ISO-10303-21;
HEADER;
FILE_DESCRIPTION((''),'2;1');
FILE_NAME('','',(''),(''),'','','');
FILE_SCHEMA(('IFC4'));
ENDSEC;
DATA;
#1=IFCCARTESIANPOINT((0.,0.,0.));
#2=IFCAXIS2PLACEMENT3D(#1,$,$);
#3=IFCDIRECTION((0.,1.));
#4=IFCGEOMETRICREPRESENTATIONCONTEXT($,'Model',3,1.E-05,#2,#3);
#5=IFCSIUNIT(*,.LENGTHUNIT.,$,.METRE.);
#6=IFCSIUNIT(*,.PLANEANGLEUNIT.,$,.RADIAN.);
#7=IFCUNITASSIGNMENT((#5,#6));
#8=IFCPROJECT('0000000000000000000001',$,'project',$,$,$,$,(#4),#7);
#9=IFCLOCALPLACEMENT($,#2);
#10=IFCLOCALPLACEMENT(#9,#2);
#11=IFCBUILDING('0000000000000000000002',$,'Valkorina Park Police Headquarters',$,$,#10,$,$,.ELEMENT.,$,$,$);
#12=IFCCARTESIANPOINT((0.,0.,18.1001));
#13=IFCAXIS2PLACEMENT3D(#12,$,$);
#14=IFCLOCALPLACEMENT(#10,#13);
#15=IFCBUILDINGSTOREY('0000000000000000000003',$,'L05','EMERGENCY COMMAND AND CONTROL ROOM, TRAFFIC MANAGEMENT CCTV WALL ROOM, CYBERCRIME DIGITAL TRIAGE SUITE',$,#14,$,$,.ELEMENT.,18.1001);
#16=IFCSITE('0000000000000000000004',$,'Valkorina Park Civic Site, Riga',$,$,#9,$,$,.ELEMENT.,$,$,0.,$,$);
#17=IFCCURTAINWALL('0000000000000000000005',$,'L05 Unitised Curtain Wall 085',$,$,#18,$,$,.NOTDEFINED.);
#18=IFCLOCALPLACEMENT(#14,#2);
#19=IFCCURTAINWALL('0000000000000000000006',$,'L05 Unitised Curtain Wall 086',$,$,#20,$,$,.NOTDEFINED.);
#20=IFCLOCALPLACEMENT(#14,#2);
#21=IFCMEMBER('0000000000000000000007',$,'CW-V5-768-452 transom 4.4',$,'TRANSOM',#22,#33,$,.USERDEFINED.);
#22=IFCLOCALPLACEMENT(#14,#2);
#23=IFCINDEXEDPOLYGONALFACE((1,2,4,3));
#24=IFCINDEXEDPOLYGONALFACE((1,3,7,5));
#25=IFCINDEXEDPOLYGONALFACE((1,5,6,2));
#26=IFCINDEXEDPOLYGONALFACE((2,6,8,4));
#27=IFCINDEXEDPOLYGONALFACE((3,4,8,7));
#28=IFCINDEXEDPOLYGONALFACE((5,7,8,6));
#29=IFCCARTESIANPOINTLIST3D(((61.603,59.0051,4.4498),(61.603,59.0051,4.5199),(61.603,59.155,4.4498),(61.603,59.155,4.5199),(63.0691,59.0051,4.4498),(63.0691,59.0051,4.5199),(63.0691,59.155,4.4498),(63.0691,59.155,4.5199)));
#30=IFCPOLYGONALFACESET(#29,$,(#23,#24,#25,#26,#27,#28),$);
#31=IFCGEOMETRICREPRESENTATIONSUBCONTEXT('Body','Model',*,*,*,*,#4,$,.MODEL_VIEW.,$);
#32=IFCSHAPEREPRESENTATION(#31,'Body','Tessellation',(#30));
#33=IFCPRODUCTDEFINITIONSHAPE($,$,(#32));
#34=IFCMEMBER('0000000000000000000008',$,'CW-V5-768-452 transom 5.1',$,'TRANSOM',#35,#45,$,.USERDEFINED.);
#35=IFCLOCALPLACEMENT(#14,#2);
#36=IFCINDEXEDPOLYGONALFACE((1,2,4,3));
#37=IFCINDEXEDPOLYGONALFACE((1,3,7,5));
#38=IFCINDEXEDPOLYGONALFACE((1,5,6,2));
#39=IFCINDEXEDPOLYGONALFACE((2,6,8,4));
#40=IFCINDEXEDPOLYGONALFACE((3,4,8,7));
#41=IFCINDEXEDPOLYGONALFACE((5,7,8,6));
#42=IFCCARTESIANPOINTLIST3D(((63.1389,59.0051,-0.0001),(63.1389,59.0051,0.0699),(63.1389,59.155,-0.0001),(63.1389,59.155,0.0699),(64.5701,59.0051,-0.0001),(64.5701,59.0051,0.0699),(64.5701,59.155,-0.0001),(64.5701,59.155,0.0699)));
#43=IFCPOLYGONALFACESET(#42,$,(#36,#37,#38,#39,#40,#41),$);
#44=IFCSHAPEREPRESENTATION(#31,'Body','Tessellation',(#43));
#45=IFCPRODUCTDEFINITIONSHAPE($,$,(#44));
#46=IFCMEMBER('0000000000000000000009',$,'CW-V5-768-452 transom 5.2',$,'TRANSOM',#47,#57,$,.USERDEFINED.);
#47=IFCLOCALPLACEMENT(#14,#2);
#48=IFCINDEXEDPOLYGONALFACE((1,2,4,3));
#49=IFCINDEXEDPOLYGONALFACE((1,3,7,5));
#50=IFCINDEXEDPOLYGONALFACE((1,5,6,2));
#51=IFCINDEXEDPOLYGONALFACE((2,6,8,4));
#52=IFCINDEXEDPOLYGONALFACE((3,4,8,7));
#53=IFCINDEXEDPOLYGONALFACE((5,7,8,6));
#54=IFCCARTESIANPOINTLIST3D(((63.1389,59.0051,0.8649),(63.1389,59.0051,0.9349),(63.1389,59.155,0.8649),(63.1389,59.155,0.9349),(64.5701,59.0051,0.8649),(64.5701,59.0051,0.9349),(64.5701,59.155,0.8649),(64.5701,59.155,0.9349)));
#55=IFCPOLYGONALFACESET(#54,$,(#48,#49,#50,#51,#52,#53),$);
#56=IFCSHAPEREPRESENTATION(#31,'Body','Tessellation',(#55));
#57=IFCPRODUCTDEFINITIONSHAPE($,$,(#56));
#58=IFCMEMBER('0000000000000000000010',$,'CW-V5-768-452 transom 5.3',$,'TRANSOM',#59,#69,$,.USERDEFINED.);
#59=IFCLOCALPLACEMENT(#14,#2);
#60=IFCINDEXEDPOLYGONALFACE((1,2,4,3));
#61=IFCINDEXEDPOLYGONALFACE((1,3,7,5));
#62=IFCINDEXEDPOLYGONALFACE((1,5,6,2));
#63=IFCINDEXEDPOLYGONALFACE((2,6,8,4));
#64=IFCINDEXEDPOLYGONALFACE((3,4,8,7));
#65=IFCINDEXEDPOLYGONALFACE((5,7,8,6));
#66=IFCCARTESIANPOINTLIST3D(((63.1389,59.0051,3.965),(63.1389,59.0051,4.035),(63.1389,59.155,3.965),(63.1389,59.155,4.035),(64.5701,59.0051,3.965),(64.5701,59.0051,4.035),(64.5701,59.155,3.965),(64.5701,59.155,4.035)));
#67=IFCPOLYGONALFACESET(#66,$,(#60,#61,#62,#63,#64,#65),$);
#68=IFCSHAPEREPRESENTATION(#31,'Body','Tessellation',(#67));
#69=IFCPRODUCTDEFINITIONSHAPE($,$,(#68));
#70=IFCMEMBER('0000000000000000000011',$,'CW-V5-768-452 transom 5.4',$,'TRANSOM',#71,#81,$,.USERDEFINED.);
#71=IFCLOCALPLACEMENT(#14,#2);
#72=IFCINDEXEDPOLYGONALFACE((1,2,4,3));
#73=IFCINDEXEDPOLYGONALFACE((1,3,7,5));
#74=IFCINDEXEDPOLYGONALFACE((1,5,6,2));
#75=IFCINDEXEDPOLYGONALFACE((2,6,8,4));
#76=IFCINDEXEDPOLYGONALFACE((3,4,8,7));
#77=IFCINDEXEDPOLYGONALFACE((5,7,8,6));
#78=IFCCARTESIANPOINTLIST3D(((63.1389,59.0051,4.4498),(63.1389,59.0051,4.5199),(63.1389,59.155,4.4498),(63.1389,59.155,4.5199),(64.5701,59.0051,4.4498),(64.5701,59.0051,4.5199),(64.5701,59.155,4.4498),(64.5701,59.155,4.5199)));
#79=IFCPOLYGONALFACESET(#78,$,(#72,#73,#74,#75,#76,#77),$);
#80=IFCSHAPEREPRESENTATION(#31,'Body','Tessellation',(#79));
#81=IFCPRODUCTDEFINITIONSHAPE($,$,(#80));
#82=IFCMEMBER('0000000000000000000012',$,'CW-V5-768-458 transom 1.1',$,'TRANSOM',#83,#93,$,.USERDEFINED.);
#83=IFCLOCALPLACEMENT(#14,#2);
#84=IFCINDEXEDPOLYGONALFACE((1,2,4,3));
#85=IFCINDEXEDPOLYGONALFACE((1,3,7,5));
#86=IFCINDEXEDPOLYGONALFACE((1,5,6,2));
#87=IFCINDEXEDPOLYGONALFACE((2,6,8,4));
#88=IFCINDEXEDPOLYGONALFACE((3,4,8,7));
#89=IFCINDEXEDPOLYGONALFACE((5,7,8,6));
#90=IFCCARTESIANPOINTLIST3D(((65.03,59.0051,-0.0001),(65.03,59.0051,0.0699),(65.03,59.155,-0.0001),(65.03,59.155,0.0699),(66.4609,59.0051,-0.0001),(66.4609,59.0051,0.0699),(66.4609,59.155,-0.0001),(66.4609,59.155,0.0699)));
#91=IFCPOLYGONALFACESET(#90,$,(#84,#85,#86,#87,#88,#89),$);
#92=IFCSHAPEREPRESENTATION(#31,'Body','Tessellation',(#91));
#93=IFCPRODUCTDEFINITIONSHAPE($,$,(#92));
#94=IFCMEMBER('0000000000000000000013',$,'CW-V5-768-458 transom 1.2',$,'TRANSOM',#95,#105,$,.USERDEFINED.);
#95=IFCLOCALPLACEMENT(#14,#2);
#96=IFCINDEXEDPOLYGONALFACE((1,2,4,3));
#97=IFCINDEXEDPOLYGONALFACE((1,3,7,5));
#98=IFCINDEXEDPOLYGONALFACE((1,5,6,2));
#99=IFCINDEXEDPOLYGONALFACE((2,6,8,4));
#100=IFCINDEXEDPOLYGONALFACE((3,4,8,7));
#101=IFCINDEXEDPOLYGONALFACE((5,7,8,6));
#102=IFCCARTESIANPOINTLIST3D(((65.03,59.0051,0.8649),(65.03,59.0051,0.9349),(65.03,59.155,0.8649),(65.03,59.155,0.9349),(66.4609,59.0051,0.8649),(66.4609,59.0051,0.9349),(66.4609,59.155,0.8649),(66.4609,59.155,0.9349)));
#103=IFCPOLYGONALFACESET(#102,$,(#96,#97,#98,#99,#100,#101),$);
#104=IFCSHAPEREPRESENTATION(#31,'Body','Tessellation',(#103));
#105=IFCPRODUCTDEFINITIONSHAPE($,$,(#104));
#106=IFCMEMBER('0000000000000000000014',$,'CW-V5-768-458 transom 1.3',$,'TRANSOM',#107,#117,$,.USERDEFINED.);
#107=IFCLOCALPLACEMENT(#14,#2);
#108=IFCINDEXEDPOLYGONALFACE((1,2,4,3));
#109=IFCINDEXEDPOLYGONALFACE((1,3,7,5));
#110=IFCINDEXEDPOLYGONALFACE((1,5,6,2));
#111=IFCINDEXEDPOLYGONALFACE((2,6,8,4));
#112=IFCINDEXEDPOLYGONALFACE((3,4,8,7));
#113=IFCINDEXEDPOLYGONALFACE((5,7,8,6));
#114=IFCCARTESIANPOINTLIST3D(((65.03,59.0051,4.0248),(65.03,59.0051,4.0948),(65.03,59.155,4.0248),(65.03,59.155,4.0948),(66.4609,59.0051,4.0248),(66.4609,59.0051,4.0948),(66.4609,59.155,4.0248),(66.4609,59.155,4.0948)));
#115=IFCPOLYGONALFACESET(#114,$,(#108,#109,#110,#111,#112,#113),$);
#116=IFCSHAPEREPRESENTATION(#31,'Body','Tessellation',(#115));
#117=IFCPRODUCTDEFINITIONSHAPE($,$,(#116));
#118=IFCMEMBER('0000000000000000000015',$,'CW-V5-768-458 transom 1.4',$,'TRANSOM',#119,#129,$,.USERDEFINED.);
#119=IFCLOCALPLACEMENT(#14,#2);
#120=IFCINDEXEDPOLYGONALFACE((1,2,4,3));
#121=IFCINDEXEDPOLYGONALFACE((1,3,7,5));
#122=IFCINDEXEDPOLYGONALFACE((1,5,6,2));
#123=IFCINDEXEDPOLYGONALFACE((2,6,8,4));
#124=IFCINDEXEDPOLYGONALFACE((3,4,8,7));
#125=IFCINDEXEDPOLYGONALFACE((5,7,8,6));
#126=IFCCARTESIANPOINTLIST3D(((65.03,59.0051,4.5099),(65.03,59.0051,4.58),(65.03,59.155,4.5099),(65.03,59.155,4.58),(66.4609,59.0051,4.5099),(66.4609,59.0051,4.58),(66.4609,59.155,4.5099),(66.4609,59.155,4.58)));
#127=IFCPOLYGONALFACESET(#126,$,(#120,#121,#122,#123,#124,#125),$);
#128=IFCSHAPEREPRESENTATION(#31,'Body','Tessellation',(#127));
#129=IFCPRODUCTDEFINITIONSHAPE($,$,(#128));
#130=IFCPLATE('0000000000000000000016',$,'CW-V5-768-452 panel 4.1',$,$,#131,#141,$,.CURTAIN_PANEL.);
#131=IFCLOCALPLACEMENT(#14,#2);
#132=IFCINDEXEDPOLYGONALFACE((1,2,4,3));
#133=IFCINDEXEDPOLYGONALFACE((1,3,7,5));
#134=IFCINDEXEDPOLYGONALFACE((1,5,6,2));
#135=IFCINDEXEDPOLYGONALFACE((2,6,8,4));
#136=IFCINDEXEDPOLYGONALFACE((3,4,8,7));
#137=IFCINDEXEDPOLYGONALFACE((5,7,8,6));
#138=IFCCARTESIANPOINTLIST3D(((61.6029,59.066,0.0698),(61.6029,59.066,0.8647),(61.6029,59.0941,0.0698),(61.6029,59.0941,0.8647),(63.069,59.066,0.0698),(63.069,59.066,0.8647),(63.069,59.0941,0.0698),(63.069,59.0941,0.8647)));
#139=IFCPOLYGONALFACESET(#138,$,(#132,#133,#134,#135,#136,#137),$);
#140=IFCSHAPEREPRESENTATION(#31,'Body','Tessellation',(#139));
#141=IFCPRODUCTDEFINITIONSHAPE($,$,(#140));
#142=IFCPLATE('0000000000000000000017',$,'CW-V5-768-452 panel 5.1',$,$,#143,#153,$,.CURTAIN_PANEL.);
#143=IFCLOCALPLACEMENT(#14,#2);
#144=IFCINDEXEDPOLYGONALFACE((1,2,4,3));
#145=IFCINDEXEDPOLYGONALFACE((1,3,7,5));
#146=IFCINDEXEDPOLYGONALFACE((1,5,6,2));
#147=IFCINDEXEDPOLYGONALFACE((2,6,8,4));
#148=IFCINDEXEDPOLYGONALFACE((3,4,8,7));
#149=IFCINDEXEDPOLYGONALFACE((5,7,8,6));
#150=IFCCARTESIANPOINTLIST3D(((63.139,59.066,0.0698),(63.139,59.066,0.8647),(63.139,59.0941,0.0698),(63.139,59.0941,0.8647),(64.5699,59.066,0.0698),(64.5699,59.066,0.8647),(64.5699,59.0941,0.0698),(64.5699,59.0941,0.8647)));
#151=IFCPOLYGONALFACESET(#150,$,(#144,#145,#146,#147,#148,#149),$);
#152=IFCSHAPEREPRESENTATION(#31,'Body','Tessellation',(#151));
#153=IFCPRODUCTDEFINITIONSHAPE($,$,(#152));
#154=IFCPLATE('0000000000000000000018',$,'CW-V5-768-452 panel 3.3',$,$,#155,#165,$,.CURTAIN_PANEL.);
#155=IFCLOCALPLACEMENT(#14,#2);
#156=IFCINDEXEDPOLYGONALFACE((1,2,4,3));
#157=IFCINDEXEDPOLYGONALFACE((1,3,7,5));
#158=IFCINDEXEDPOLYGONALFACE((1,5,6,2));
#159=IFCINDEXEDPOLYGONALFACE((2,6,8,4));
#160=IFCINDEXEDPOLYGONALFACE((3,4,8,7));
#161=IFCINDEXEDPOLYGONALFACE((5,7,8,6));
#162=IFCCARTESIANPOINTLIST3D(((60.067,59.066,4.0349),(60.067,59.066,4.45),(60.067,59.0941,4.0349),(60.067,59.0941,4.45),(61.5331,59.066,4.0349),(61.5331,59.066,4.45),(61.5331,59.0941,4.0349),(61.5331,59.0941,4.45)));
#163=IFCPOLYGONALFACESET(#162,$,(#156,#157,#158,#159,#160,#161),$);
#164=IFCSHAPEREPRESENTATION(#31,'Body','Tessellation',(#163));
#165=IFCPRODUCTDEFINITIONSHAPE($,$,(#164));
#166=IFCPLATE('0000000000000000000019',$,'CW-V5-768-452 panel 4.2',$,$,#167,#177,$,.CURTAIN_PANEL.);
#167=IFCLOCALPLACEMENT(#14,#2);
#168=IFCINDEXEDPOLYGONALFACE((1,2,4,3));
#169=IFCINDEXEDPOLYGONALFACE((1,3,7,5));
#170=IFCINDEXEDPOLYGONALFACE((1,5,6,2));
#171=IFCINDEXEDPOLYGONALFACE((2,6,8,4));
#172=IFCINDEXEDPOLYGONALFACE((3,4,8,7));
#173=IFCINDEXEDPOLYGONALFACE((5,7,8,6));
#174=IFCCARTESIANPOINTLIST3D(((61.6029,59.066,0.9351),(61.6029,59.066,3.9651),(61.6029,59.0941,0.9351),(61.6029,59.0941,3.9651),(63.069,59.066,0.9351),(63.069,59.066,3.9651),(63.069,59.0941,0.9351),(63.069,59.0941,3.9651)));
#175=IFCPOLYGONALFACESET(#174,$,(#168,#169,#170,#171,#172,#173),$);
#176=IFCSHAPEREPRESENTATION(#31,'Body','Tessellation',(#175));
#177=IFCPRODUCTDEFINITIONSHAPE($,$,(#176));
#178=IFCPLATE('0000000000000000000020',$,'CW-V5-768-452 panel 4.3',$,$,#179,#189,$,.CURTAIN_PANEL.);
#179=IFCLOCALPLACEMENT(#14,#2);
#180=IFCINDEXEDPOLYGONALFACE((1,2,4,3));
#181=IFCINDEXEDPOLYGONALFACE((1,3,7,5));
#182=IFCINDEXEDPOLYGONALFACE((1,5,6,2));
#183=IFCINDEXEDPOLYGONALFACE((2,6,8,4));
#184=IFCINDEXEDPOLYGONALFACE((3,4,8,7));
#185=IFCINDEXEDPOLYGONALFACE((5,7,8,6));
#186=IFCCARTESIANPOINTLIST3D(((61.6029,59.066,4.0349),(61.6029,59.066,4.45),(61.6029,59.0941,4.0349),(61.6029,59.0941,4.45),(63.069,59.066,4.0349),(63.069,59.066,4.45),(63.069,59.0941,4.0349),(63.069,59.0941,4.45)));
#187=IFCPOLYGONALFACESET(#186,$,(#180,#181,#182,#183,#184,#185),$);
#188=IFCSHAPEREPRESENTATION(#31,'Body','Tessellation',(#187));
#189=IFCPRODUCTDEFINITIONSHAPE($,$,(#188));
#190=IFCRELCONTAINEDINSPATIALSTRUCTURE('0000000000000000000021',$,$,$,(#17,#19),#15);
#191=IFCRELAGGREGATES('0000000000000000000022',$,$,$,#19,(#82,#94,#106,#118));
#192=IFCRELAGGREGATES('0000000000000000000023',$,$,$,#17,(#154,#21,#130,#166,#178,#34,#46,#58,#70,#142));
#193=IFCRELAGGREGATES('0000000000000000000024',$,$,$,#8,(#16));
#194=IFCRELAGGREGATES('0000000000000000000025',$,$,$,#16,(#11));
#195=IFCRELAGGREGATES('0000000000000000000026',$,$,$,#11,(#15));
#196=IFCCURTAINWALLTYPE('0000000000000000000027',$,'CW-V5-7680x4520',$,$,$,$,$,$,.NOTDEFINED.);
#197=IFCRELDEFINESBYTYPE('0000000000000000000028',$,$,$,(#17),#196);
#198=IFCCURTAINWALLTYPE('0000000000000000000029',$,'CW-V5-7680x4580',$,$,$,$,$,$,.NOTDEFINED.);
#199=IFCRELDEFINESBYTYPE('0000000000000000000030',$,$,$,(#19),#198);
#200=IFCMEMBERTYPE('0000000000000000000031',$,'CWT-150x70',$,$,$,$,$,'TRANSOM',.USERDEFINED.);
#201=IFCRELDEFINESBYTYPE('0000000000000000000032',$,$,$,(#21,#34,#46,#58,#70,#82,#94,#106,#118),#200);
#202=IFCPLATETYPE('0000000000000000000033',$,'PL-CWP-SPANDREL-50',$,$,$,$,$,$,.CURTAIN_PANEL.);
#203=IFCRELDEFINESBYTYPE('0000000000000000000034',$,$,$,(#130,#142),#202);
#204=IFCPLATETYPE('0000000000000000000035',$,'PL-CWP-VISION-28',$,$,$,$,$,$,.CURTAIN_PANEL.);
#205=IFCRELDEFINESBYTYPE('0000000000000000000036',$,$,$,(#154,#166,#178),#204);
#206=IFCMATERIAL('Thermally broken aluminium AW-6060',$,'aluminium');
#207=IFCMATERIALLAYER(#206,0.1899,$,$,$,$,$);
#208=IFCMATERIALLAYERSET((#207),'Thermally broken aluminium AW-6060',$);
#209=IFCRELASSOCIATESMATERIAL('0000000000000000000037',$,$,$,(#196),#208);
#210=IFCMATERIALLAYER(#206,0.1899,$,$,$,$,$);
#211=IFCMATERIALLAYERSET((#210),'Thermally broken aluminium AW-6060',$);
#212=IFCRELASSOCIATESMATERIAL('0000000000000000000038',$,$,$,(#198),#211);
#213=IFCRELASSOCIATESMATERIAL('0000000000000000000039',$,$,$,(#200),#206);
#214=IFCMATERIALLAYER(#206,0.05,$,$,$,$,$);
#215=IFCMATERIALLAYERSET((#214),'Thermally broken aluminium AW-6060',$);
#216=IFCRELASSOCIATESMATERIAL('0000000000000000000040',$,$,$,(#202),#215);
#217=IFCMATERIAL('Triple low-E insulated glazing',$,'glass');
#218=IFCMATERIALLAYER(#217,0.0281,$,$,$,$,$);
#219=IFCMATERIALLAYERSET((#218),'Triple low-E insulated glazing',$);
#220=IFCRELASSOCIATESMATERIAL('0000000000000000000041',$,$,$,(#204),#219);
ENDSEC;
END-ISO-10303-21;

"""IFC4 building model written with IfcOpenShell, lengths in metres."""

from ifc_helpers import new_model, si_unit, direction, frame, origin, origin_2d, place, context, subcontext, project, spatial, rectangle, extrude, material, layer, layer_set, material_profile, profile_set, type_object, element, aggregate, save


model = new_model("IFC4")

# Units and contexts
model_context = context("Model", 3, precision=1e-05, world=origin(), true_north=direction((0.0, 1.0)))
body_context = subcontext(model_context, "Body", "Model", "MODEL_VIEW")
ifc_project = project(units=[si_unit("LENGTHUNIT", "METRE"), si_unit("PLANEANGLEUNIT", "RADIAN")], contexts=[model_context])

# Site, building, storey
site_placement = place(None, origin())
site = spatial("IfcSite", under=ifc_project, at=site_placement, Name="Valkorina Park Civic Site, Riga", CompositionType="ELEMENT", RefElevation=0.0)
building_placement = place(site_placement, origin())
building = spatial("IfcBuilding", under=site, at=building_placement, Name="Valkorina Park Police Headquarters", CompositionType="ELEMENT")
storey_placement = place(building_placement, frame((0.0, 0.0, 18.1001)))
storey = spatial("IfcBuildingStorey", under=building, at=storey_placement, Name="L05", Description="EMERGENCY COMMAND AND CONTROL ROOM, TRAFFIC MANAGEMENT CCTV WALL ROOM, CYBERCRIME DIGITAL TRIAGE SUITE", CompositionType="ELEMENT", Elevation=18.1001)

# Curtain wall
ifc_material_1 = material(Name="Thermally broken aluminium AW-6060", Category="aluminium")
ifc_layer_1 = layer(ifc_material_1, 0.1899)
ifc_layer_set_1 = layer_set([ifc_layer_1], Name="Thermally broken aluminium AW-6060")
curtain_wall_type_1 = type_object("IfcCurtainWallType", Name="CW-V5-7680x4520", PredefinedType="NOTDEFINED", material=ifc_layer_set_1)
curtain_wall_1_placement = place(storey_placement, origin())
curtain_wall_1 = element("IfcCurtainWall", 1, at=curtain_wall_1_placement, inside=storey, type_object=curtain_wall_type_1, Name="L05 Unitised Curtain Wall 085", PredefinedType="NOTDEFINED")

# Curtain wall
ifc_layer_2 = layer(ifc_material_1, 0.1899)
ifc_layer_set_2 = layer_set([ifc_layer_2], Name="Thermally broken aluminium AW-6060")
curtain_wall_type_2 = type_object("IfcCurtainWallType", Name="CW-V5-7680x4580", PredefinedType="NOTDEFINED", material=ifc_layer_set_2)
curtain_wall_2_placement = place(storey_placement, origin())
curtain_wall_2 = element("IfcCurtainWall", 2, at=curtain_wall_2_placement, inside=storey, type_object=curtain_wall_type_2, Name="L05 Unitised Curtain Wall 086", PredefinedType="NOTDEFINED")

# Members
ifc_material_profile_1 = material_profile(ifc_material_1, rectangle(XDim=0.1499, YDim=0.0701, at=origin_2d()), Name="CWT-02 150x70")
ifc_profile_set_1 = profile_set([ifc_material_profile_1], Name="Thermally broken aluminium AW-6060")
member_type_1 = type_object("IfcMemberType", Name="CWT-150x70", ElementType="TRANSOM", PredefinedType="USERDEFINED", material=ifc_profile_set_1)
member_1_placement = place(storey_placement, frame((61.603, 59.0801, 4.4849), z_axis=(1.0, 0.0, 0.0), x_axis=(0.0, 1.0, 0.0)))
member_1 = element("IfcMember", 3, at=member_1_placement, type_object=member_type_1, Name="CW-V5-768-452 transom 4.4", ObjectType="TRANSOM", PredefinedType="USERDEFINED", context=body_context, shape_type="SweptSolid", body=[
    extrude(rectangle(XDim=0.1499, YDim=0.0701, at=origin_2d()), origin(), (0.0, 0.0, 1.0), 1.4661),
])
member_2_placement = place(storey_placement, frame((63.1389, 59.0801, 0.0349), z_axis=(1.0, 0.0, 0.0), x_axis=(0.0, 1.0, 0.0)))
member_2 = element("IfcMember", 4, at=member_2_placement, type_object=member_type_1, Name="CW-V5-768-452 transom 5.1", ObjectType="TRANSOM", PredefinedType="USERDEFINED", context=body_context, shape_type="SweptSolid", body=[
    extrude(rectangle(XDim=0.1499, YDim=0.0701, at=origin_2d()), origin(), (0.0, 0.0, 1.0), 1.4312),
])
member_3_placement = place(storey_placement, frame((63.1389, 59.0801, 0.8999), z_axis=(1.0, 0.0, 0.0), x_axis=(0.0, 1.0, 0.0)))
member_3 = element("IfcMember", 5, at=member_3_placement, type_object=member_type_1, Name="CW-V5-768-452 transom 5.2", ObjectType="TRANSOM", PredefinedType="USERDEFINED", context=body_context, shape_type="SweptSolid", body=[
    extrude(rectangle(XDim=0.1499, YDim=0.0701, at=origin_2d()), origin(), (0.0, 0.0, 1.0), 1.4312),
])
member_4_placement = place(storey_placement, frame((63.1389, 59.0801, 4.0), z_axis=(1.0, 0.0, 0.0), x_axis=(0.0, 1.0, 0.0)))
member_4 = element("IfcMember", 6, at=member_4_placement, type_object=member_type_1, Name="CW-V5-768-452 transom 5.3", ObjectType="TRANSOM", PredefinedType="USERDEFINED", context=body_context, shape_type="SweptSolid", body=[
    extrude(rectangle(XDim=0.1499, YDim=0.0701, at=origin_2d()), origin(), (0.0, 0.0, 1.0), 1.4312),
])
member_5_placement = place(storey_placement, frame((63.1389, 59.0801, 4.4849), z_axis=(1.0, 0.0, 0.0), x_axis=(0.0, 1.0, 0.0)))
member_5 = element("IfcMember", 7, at=member_5_placement, type_object=member_type_1, Name="CW-V5-768-452 transom 5.4", ObjectType="TRANSOM", PredefinedType="USERDEFINED", context=body_context, shape_type="SweptSolid", body=[
    extrude(rectangle(XDim=0.1499, YDim=0.0701, at=origin_2d()), origin(), (0.0, 0.0, 1.0), 1.4312),
])
member_6_placement = place(storey_placement, frame((65.03, 59.0801, 0.0349), z_axis=(1.0, 0.0, 0.0), x_axis=(0.0, 1.0, 0.0)))
member_6 = element("IfcMember", 8, at=member_6_placement, type_object=member_type_1, Name="CW-V5-768-458 transom 1.1", ObjectType="TRANSOM", PredefinedType="USERDEFINED", context=body_context, shape_type="SweptSolid", body=[
    extrude(rectangle(XDim=0.1499, YDim=0.0701, at=origin_2d()), origin(), (0.0, 0.0, 1.0), 1.4309),
])
member_7_placement = place(storey_placement, frame((65.03, 59.0801, 0.8999), z_axis=(1.0, 0.0, 0.0), x_axis=(0.0, 1.0, 0.0)))
member_7 = element("IfcMember", 9, at=member_7_placement, type_object=member_type_1, Name="CW-V5-768-458 transom 1.2", ObjectType="TRANSOM", PredefinedType="USERDEFINED", context=body_context, shape_type="SweptSolid", body=[
    extrude(rectangle(XDim=0.1499, YDim=0.0701, at=origin_2d()), origin(), (0.0, 0.0, 1.0), 1.4309),
])
member_8_placement = place(storey_placement, frame((65.03, 59.0801, 4.0598), z_axis=(1.0, 0.0, 0.0), x_axis=(0.0, 1.0, 0.0)))
member_8 = element("IfcMember", 10, at=member_8_placement, type_object=member_type_1, Name="CW-V5-768-458 transom 1.3", ObjectType="TRANSOM", PredefinedType="USERDEFINED", context=body_context, shape_type="SweptSolid", body=[
    extrude(rectangle(XDim=0.1499, YDim=0.0701, at=origin_2d()), origin(), (0.0, 0.0, 1.0), 1.4309),
])
member_9_placement = place(storey_placement, frame((65.03, 59.0801, 4.5449), z_axis=(1.0, 0.0, 0.0), x_axis=(0.0, 1.0, 0.0)))
member_9 = element("IfcMember", 11, at=member_9_placement, type_object=member_type_1, Name="CW-V5-768-458 transom 1.4", ObjectType="TRANSOM", PredefinedType="USERDEFINED", context=body_context, shape_type="SweptSolid", body=[
    extrude(rectangle(XDim=0.1499, YDim=0.0701, at=origin_2d()), origin(), (0.0, 0.0, 1.0), 1.4309),
])
aggregate(curtain_wall_2, [member_6, member_7, member_8, member_9])

# Plates
ifc_layer_3 = layer(ifc_material_1, 0.05)
ifc_layer_set_3 = layer_set([ifc_layer_3], Name="Thermally broken aluminium AW-6060")
plate_type_1 = type_object("IfcPlateType", Name="PL-CWP-SPANDREL-50", PredefinedType="CURTAIN_PANEL", material=ifc_layer_set_3)
plate_1_placement = place(storey_placement, frame((62.3359, 59.0801, 0.0698), z_axis=(0.0, 0.0, 1.0), x_axis=(1.0, 0.0, 0.0)))
plate_1 = element("IfcPlate", 12, at=plate_1_placement, type_object=plate_type_1, Name="CW-V5-768-452 panel 4.1", PredefinedType="CURTAIN_PANEL", context=body_context, shape_type="SweptSolid", body=[
    extrude(rectangle(XDim=1.4661, YDim=0.0281, at=origin_2d()), origin(), (0.0, 0.0, 1.0), 0.7949),
])
plate_2_placement = place(storey_placement, frame((63.8545, 59.0801, 0.0698), z_axis=(0.0, 0.0, 1.0), x_axis=(1.0, 0.0, 0.0)))
plate_2 = element("IfcPlate", 13, at=plate_2_placement, type_object=plate_type_1, Name="CW-V5-768-452 panel 5.1", PredefinedType="CURTAIN_PANEL", context=body_context, shape_type="SweptSolid", body=[
    extrude(rectangle(XDim=1.4309, YDim=0.0281, at=origin_2d()), origin(), (0.0, 0.0, 1.0), 0.7949),
])
ifc_material_2 = material(Name="Triple low-E insulated glazing", Category="glass")
ifc_layer_4 = layer(ifc_material_2, 0.0281)
ifc_layer_set_4 = layer_set([ifc_layer_4], Name="Triple low-E insulated glazing")
plate_type_2 = type_object("IfcPlateType", Name="PL-CWP-VISION-28", PredefinedType="CURTAIN_PANEL", material=ifc_layer_set_4)
plate_3_placement = place(storey_placement, frame((60.8, 59.0801, 4.0349), z_axis=(0.0, 0.0, 1.0), x_axis=(1.0, 0.0, 0.0)))
plate_3 = element("IfcPlate", 14, at=plate_3_placement, type_object=plate_type_2, Name="CW-V5-768-452 panel 3.3", PredefinedType="CURTAIN_PANEL", context=body_context, shape_type="SweptSolid", body=[
    extrude(rectangle(XDim=1.4661, YDim=0.0281, at=origin_2d()), origin(), (0.0, 0.0, 1.0), 0.415),
])
plate_4_placement = place(storey_placement, frame((62.3359, 59.0801, 0.9351), z_axis=(0.0, 0.0, 1.0), x_axis=(1.0, 0.0, 0.0)))
plate_4 = element("IfcPlate", 15, at=plate_4_placement, type_object=plate_type_2, Name="CW-V5-768-452 panel 4.2", PredefinedType="CURTAIN_PANEL", context=body_context, shape_type="SweptSolid", body=[
    extrude(rectangle(XDim=1.4661, YDim=0.0281, at=origin_2d()), origin(), (0.0, 0.0, 1.0), 3.03),
])
plate_5_placement = place(storey_placement, frame((62.3359, 59.0801, 4.0349), z_axis=(0.0, 0.0, 1.0), x_axis=(1.0, 0.0, 0.0)))
plate_5 = element("IfcPlate", 16, at=plate_5_placement, type_object=plate_type_2, Name="CW-V5-768-452 panel 4.3", PredefinedType="CURTAIN_PANEL", context=body_context, shape_type="SweptSolid", body=[
    extrude(rectangle(XDim=1.4661, YDim=0.0281, at=origin_2d()), origin(), (0.0, 0.0, 1.0), 0.415),
])
aggregate(curtain_wall_1, [plate_3, member_1, plate_1, plate_4, plate_5, member_2, member_3, member_4, member_5, plate_2])

save(model, "model.ifc")
